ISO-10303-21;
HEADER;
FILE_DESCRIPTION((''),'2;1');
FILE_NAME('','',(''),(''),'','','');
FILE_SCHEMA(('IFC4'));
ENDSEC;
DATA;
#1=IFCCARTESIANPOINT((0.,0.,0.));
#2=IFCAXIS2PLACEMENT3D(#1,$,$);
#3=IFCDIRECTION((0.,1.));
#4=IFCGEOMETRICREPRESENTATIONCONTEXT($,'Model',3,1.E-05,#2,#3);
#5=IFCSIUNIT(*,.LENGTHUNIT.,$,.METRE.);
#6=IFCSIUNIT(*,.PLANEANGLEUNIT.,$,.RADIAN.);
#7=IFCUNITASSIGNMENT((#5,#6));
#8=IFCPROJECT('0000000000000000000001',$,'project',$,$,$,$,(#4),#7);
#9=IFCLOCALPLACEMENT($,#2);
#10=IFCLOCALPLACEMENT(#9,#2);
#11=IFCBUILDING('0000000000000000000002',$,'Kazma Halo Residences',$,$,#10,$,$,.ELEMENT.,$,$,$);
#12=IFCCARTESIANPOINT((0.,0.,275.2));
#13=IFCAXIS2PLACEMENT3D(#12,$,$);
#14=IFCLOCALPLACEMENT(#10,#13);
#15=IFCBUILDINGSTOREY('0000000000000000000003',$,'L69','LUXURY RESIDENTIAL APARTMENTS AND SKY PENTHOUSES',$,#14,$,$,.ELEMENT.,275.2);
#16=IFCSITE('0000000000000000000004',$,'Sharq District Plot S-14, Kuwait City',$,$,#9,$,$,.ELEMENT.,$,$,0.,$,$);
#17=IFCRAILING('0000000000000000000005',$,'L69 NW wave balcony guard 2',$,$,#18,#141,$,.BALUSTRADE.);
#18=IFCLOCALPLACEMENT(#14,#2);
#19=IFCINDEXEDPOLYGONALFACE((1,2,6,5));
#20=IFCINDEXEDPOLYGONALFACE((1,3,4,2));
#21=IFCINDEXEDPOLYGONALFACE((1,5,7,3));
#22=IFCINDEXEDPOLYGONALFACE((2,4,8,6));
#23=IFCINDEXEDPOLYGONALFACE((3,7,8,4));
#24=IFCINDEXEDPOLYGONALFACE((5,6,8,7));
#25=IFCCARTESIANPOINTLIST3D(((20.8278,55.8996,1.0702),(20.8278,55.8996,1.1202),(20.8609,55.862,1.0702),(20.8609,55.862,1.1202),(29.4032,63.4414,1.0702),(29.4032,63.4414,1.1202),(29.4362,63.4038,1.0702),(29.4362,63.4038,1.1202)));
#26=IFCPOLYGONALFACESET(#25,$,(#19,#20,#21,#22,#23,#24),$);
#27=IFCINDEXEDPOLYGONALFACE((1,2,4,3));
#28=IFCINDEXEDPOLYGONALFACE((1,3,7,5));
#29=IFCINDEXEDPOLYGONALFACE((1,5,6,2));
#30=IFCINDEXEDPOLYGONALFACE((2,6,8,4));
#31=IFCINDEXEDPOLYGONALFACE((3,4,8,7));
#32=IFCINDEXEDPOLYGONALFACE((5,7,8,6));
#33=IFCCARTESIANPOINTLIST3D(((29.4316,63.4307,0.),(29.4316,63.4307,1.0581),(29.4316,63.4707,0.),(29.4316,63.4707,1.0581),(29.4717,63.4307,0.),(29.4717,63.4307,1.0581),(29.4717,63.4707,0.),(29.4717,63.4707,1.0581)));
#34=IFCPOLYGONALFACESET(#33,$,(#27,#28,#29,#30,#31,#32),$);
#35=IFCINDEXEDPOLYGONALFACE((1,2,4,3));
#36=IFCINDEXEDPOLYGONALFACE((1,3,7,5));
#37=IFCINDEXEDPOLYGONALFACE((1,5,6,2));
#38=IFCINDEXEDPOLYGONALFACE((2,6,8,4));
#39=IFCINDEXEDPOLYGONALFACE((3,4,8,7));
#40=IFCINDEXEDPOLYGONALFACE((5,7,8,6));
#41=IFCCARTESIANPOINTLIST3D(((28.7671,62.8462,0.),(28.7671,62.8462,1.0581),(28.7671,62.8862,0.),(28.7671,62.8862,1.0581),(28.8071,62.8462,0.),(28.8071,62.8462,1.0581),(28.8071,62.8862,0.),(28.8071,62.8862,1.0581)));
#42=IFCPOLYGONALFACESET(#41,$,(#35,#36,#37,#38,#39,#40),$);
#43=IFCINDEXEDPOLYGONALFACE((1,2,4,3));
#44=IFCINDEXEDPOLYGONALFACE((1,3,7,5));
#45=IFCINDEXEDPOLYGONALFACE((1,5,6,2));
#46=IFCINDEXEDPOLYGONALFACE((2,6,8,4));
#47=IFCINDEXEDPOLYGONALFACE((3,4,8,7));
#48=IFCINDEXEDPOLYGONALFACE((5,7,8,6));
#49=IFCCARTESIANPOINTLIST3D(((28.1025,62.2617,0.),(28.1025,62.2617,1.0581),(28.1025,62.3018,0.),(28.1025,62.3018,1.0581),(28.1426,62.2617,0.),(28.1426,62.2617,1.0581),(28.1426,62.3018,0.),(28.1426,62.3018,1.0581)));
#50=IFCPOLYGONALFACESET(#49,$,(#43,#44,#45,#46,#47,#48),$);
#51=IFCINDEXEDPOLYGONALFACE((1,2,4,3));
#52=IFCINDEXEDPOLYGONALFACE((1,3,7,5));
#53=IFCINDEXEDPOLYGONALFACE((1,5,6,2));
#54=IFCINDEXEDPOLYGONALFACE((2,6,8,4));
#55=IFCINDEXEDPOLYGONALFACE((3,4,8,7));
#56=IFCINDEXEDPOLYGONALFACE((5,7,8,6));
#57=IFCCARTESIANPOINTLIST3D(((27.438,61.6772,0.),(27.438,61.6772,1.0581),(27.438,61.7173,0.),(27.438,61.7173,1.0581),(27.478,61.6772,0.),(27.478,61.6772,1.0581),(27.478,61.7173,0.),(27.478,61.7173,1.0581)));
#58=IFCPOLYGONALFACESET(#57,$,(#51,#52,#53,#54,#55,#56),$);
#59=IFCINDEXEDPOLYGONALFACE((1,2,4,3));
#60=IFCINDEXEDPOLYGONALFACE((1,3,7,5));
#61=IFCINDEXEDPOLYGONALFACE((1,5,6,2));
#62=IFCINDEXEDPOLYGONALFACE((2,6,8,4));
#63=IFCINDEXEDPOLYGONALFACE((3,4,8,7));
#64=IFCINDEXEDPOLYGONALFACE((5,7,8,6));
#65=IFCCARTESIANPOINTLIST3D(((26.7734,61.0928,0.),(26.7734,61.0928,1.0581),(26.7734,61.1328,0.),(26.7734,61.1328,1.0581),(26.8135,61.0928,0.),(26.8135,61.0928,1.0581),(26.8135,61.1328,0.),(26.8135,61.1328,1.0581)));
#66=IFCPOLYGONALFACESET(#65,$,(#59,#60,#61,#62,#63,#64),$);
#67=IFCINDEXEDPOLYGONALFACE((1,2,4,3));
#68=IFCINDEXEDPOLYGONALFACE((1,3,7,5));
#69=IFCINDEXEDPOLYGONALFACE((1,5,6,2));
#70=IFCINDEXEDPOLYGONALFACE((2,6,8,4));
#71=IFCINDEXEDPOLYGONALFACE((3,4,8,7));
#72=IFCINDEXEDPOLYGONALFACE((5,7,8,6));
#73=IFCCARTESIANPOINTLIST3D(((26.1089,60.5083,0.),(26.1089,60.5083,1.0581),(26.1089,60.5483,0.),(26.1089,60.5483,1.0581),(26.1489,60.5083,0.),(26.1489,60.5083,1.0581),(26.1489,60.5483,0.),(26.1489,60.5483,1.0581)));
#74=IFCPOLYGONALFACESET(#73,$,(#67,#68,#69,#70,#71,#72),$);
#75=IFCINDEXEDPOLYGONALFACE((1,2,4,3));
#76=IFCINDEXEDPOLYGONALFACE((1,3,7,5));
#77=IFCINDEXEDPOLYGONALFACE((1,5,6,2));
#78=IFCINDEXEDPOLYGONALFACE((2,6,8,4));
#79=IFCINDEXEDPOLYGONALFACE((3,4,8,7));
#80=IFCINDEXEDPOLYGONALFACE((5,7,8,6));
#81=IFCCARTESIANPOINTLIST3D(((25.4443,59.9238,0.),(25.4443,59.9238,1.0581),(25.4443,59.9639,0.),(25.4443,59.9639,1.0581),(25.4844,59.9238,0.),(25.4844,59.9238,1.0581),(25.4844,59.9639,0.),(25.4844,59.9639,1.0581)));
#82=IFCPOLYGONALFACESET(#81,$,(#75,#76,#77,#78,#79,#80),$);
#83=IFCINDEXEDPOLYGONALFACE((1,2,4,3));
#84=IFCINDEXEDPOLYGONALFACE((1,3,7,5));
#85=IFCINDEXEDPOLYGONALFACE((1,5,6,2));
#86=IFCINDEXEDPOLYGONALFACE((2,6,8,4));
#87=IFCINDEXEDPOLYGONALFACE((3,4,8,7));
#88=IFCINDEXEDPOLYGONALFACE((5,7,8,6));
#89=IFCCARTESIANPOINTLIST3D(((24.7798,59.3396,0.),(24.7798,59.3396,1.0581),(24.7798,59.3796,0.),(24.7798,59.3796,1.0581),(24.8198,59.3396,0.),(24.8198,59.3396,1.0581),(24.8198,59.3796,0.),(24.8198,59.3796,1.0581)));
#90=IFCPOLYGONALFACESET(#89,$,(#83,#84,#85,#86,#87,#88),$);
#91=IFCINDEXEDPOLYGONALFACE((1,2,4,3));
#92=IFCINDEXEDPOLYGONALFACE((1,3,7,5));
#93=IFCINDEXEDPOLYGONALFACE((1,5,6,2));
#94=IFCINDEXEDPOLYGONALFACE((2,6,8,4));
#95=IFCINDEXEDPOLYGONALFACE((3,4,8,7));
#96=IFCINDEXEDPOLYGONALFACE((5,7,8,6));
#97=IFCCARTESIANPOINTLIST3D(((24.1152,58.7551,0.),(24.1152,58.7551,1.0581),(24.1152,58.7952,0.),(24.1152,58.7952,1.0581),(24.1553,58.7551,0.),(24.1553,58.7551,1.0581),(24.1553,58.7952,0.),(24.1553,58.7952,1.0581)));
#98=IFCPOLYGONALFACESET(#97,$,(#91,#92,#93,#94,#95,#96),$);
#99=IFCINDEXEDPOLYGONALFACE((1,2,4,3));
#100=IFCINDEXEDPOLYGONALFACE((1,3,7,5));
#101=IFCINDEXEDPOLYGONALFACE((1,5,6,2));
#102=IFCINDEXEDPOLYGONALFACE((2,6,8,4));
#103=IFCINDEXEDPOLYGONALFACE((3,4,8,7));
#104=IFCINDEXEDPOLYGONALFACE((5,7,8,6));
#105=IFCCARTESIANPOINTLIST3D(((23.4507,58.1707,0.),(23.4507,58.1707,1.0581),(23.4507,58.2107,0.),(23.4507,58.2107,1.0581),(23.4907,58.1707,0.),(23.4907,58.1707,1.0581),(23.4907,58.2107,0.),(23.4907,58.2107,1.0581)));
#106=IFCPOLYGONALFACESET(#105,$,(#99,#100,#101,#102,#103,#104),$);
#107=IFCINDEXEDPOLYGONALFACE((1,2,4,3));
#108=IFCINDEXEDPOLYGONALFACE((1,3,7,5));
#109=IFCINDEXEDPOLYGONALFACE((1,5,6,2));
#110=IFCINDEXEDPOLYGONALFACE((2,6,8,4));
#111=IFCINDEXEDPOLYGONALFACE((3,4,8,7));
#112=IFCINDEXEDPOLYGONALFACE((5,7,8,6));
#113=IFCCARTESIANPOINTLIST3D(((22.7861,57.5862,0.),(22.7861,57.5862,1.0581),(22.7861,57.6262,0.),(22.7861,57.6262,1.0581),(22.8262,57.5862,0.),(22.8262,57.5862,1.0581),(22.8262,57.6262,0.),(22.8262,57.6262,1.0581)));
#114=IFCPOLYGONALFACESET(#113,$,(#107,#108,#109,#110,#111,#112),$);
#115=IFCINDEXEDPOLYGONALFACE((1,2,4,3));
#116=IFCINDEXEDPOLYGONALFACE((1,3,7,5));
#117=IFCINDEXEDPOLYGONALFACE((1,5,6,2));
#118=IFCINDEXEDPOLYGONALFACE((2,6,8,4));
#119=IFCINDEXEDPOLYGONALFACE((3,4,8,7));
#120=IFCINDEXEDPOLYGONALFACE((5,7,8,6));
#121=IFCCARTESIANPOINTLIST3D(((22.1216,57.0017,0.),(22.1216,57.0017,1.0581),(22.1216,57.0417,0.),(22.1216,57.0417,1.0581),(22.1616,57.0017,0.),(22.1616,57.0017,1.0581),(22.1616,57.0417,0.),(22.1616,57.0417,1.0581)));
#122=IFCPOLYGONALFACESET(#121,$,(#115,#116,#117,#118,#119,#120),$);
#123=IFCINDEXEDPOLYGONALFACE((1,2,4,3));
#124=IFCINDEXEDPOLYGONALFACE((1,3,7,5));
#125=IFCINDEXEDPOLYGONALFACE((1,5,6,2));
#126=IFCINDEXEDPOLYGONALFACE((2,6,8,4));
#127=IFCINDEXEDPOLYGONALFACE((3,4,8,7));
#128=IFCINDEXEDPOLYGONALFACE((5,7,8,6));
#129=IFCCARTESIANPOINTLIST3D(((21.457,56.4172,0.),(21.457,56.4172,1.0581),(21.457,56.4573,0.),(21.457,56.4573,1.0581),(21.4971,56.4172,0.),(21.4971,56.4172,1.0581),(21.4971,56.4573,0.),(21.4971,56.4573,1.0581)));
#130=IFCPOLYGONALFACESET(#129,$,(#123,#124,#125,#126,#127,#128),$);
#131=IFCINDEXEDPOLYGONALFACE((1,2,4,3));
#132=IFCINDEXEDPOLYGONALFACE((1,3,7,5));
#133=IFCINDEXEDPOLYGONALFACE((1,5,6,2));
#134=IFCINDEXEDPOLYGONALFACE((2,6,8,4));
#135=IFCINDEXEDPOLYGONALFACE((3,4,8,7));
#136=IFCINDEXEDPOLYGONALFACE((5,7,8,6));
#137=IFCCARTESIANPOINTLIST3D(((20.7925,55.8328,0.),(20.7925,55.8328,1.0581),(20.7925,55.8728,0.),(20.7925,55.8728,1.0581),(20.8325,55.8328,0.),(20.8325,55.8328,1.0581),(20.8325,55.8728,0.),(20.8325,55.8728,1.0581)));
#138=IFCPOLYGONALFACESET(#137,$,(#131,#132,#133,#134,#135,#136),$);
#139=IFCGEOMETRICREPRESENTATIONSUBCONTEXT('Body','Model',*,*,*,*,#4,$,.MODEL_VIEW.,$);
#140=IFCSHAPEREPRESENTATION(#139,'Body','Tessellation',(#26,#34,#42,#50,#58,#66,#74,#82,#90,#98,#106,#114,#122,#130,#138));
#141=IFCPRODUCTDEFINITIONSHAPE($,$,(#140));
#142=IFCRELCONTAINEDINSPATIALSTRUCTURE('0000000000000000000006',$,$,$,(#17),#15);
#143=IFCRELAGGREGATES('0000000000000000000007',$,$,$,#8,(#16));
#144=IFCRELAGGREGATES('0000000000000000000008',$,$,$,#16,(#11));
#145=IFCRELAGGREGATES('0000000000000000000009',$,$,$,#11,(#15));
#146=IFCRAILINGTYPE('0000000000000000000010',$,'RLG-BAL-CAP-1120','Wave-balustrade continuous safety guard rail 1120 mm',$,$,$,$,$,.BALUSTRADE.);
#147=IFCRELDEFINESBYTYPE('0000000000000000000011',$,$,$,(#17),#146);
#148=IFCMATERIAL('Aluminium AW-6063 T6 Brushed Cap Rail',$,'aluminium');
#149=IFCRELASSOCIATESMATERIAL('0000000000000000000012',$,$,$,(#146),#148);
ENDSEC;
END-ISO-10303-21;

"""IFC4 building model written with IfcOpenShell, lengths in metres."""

from ifc_helpers import new_model, si_unit, direction, frame, origin, origin_2d, place, context, subcontext, project, spatial, rectangle, extrude, material, type_object, element, save


model = new_model("IFC4")

# Units and contexts
model_context = context("Model", 3, precision=1e-05, world=origin(), true_north=direction((0.0, 1.0)))
body_context = subcontext(model_context, "Body", "Model", "MODEL_VIEW")
ifc_project = project(units=[si_unit("LENGTHUNIT", "METRE"), si_unit("PLANEANGLEUNIT", "RADIAN")], contexts=[model_context])

# Site, building, storey
site_placement = place(None, origin())
site = spatial("IfcSite", under=ifc_project, at=site_placement, Name="Sharq District Plot S-14, Kuwait City", CompositionType="ELEMENT", RefElevation=0.0)
building_placement = place(site_placement, origin())
building = spatial("IfcBuilding", under=site, at=building_placement, Name="Kazma Halo Residences", CompositionType="ELEMENT")
storey_placement = place(building_placement, frame((0.0, 0.0, 275.2)))
storey = spatial("IfcBuildingStorey", under=building, at=storey_placement, Name="L69", Description="LUXURY RESIDENTIAL APARTMENTS AND SKY PENTHOUSES", CompositionType="ELEMENT", Elevation=275.2)

# Railing
ifc_material_1 = material(Name="Aluminium AW-6063 T6 Brushed Cap Rail", Category="aluminium")
railing_type = type_object("IfcRailingType", Name="RLG-BAL-CAP-1120", Description="Wave-balustrade continuous safety guard rail 1120 mm", PredefinedType="BALUSTRADE", material=ifc_material_1)
railing_1_placement = place(storey_placement, frame((29.4517, 63.4507, 0.0)))
element("IfcRailing", 1, at=railing_1_placement, inside=storey, type_object=railing_type, Name="L69 NW wave balcony guard 2", PredefinedType="BALUSTRADE", context=body_context, shape_type="SweptSolid", body=[
    extrude(rectangle(XDim=0.05, YDim=0.05, at=origin_2d()), frame((-0.032, -0.0281, 1.0952), z_axis=(-0.75091, -0.660404, 0.0), x_axis=(0.660404, -0.75091, 0.0)), (0.0, 0.0, 1.0), 11.4199),
    extrude(rectangle(XDim=0.04, YDim=0.04, at=origin_2d()), origin(), (0.0, 0.0, 1.0), 1.0581),
    extrude(rectangle(XDim=0.04, YDim=0.04, at=origin_2d()), frame((-0.6646, -0.5845, 0.0)), (0.0, 0.0, 1.0), 1.0581),
    extrude(rectangle(XDim=0.04, YDim=0.04, at=origin_2d()), frame((-1.3291, -1.1689, 0.0)), (0.0, 0.0, 1.0), 1.0581),
    extrude(rectangle(XDim=0.04, YDim=0.04, at=origin_2d()), frame((-1.9937, -1.7534, 0.0)), (0.0, 0.0, 1.0), 1.0581),
    extrude(rectangle(XDim=0.04, YDim=0.04, at=origin_2d()), frame((-2.6582, -2.3379, 0.0)), (0.0, 0.0, 1.0), 1.0581),
    extrude(rectangle(XDim=0.04, YDim=0.04, at=origin_2d()), frame((-3.3228, -2.9224, 0.0)), (0.0, 0.0, 1.0), 1.0581),
    extrude(rectangle(XDim=0.04, YDim=0.04, at=origin_2d()), frame((-3.9873, -3.5068, 0.0)), (0.0, 0.0, 1.0), 1.0581),
    extrude(rectangle(XDim=0.04, YDim=0.04, at=origin_2d()), frame((-4.6519, -4.0911, 0.0)), (0.0, 0.0, 1.0), 1.0581),
    extrude(rectangle(XDim=0.04, YDim=0.04, at=origin_2d()), frame((-5.3164, -4.6755, 0.0)), (0.0, 0.0, 1.0), 1.0581),
    extrude(rectangle(XDim=0.04, YDim=0.04, at=origin_2d()), frame((-5.981, -5.26, 0.0)), (0.0, 0.0, 1.0), 1.0581),
    extrude(rectangle(XDim=0.04, YDim=0.04, at=origin_2d()), frame((-6.6455, -5.8445, 0.0)), (0.0, 0.0, 1.0), 1.0581),
    extrude(rectangle(XDim=0.04, YDim=0.04, at=origin_2d()), frame((-7.3101, -6.429, 0.0)), (0.0, 0.0, 1.0), 1.0581),
    extrude(rectangle(XDim=0.04, YDim=0.04, at=origin_2d()), frame((-7.9746, -7.0134, 0.0)), (0.0, 0.0, 1.0), 1.0581),
    extrude(rectangle(XDim=0.04, YDim=0.04, at=origin_2d()), frame((-8.6392, -7.5979, 0.0)), (0.0, 0.0, 1.0), 1.0581),
])

save(model, "model.ifc")
